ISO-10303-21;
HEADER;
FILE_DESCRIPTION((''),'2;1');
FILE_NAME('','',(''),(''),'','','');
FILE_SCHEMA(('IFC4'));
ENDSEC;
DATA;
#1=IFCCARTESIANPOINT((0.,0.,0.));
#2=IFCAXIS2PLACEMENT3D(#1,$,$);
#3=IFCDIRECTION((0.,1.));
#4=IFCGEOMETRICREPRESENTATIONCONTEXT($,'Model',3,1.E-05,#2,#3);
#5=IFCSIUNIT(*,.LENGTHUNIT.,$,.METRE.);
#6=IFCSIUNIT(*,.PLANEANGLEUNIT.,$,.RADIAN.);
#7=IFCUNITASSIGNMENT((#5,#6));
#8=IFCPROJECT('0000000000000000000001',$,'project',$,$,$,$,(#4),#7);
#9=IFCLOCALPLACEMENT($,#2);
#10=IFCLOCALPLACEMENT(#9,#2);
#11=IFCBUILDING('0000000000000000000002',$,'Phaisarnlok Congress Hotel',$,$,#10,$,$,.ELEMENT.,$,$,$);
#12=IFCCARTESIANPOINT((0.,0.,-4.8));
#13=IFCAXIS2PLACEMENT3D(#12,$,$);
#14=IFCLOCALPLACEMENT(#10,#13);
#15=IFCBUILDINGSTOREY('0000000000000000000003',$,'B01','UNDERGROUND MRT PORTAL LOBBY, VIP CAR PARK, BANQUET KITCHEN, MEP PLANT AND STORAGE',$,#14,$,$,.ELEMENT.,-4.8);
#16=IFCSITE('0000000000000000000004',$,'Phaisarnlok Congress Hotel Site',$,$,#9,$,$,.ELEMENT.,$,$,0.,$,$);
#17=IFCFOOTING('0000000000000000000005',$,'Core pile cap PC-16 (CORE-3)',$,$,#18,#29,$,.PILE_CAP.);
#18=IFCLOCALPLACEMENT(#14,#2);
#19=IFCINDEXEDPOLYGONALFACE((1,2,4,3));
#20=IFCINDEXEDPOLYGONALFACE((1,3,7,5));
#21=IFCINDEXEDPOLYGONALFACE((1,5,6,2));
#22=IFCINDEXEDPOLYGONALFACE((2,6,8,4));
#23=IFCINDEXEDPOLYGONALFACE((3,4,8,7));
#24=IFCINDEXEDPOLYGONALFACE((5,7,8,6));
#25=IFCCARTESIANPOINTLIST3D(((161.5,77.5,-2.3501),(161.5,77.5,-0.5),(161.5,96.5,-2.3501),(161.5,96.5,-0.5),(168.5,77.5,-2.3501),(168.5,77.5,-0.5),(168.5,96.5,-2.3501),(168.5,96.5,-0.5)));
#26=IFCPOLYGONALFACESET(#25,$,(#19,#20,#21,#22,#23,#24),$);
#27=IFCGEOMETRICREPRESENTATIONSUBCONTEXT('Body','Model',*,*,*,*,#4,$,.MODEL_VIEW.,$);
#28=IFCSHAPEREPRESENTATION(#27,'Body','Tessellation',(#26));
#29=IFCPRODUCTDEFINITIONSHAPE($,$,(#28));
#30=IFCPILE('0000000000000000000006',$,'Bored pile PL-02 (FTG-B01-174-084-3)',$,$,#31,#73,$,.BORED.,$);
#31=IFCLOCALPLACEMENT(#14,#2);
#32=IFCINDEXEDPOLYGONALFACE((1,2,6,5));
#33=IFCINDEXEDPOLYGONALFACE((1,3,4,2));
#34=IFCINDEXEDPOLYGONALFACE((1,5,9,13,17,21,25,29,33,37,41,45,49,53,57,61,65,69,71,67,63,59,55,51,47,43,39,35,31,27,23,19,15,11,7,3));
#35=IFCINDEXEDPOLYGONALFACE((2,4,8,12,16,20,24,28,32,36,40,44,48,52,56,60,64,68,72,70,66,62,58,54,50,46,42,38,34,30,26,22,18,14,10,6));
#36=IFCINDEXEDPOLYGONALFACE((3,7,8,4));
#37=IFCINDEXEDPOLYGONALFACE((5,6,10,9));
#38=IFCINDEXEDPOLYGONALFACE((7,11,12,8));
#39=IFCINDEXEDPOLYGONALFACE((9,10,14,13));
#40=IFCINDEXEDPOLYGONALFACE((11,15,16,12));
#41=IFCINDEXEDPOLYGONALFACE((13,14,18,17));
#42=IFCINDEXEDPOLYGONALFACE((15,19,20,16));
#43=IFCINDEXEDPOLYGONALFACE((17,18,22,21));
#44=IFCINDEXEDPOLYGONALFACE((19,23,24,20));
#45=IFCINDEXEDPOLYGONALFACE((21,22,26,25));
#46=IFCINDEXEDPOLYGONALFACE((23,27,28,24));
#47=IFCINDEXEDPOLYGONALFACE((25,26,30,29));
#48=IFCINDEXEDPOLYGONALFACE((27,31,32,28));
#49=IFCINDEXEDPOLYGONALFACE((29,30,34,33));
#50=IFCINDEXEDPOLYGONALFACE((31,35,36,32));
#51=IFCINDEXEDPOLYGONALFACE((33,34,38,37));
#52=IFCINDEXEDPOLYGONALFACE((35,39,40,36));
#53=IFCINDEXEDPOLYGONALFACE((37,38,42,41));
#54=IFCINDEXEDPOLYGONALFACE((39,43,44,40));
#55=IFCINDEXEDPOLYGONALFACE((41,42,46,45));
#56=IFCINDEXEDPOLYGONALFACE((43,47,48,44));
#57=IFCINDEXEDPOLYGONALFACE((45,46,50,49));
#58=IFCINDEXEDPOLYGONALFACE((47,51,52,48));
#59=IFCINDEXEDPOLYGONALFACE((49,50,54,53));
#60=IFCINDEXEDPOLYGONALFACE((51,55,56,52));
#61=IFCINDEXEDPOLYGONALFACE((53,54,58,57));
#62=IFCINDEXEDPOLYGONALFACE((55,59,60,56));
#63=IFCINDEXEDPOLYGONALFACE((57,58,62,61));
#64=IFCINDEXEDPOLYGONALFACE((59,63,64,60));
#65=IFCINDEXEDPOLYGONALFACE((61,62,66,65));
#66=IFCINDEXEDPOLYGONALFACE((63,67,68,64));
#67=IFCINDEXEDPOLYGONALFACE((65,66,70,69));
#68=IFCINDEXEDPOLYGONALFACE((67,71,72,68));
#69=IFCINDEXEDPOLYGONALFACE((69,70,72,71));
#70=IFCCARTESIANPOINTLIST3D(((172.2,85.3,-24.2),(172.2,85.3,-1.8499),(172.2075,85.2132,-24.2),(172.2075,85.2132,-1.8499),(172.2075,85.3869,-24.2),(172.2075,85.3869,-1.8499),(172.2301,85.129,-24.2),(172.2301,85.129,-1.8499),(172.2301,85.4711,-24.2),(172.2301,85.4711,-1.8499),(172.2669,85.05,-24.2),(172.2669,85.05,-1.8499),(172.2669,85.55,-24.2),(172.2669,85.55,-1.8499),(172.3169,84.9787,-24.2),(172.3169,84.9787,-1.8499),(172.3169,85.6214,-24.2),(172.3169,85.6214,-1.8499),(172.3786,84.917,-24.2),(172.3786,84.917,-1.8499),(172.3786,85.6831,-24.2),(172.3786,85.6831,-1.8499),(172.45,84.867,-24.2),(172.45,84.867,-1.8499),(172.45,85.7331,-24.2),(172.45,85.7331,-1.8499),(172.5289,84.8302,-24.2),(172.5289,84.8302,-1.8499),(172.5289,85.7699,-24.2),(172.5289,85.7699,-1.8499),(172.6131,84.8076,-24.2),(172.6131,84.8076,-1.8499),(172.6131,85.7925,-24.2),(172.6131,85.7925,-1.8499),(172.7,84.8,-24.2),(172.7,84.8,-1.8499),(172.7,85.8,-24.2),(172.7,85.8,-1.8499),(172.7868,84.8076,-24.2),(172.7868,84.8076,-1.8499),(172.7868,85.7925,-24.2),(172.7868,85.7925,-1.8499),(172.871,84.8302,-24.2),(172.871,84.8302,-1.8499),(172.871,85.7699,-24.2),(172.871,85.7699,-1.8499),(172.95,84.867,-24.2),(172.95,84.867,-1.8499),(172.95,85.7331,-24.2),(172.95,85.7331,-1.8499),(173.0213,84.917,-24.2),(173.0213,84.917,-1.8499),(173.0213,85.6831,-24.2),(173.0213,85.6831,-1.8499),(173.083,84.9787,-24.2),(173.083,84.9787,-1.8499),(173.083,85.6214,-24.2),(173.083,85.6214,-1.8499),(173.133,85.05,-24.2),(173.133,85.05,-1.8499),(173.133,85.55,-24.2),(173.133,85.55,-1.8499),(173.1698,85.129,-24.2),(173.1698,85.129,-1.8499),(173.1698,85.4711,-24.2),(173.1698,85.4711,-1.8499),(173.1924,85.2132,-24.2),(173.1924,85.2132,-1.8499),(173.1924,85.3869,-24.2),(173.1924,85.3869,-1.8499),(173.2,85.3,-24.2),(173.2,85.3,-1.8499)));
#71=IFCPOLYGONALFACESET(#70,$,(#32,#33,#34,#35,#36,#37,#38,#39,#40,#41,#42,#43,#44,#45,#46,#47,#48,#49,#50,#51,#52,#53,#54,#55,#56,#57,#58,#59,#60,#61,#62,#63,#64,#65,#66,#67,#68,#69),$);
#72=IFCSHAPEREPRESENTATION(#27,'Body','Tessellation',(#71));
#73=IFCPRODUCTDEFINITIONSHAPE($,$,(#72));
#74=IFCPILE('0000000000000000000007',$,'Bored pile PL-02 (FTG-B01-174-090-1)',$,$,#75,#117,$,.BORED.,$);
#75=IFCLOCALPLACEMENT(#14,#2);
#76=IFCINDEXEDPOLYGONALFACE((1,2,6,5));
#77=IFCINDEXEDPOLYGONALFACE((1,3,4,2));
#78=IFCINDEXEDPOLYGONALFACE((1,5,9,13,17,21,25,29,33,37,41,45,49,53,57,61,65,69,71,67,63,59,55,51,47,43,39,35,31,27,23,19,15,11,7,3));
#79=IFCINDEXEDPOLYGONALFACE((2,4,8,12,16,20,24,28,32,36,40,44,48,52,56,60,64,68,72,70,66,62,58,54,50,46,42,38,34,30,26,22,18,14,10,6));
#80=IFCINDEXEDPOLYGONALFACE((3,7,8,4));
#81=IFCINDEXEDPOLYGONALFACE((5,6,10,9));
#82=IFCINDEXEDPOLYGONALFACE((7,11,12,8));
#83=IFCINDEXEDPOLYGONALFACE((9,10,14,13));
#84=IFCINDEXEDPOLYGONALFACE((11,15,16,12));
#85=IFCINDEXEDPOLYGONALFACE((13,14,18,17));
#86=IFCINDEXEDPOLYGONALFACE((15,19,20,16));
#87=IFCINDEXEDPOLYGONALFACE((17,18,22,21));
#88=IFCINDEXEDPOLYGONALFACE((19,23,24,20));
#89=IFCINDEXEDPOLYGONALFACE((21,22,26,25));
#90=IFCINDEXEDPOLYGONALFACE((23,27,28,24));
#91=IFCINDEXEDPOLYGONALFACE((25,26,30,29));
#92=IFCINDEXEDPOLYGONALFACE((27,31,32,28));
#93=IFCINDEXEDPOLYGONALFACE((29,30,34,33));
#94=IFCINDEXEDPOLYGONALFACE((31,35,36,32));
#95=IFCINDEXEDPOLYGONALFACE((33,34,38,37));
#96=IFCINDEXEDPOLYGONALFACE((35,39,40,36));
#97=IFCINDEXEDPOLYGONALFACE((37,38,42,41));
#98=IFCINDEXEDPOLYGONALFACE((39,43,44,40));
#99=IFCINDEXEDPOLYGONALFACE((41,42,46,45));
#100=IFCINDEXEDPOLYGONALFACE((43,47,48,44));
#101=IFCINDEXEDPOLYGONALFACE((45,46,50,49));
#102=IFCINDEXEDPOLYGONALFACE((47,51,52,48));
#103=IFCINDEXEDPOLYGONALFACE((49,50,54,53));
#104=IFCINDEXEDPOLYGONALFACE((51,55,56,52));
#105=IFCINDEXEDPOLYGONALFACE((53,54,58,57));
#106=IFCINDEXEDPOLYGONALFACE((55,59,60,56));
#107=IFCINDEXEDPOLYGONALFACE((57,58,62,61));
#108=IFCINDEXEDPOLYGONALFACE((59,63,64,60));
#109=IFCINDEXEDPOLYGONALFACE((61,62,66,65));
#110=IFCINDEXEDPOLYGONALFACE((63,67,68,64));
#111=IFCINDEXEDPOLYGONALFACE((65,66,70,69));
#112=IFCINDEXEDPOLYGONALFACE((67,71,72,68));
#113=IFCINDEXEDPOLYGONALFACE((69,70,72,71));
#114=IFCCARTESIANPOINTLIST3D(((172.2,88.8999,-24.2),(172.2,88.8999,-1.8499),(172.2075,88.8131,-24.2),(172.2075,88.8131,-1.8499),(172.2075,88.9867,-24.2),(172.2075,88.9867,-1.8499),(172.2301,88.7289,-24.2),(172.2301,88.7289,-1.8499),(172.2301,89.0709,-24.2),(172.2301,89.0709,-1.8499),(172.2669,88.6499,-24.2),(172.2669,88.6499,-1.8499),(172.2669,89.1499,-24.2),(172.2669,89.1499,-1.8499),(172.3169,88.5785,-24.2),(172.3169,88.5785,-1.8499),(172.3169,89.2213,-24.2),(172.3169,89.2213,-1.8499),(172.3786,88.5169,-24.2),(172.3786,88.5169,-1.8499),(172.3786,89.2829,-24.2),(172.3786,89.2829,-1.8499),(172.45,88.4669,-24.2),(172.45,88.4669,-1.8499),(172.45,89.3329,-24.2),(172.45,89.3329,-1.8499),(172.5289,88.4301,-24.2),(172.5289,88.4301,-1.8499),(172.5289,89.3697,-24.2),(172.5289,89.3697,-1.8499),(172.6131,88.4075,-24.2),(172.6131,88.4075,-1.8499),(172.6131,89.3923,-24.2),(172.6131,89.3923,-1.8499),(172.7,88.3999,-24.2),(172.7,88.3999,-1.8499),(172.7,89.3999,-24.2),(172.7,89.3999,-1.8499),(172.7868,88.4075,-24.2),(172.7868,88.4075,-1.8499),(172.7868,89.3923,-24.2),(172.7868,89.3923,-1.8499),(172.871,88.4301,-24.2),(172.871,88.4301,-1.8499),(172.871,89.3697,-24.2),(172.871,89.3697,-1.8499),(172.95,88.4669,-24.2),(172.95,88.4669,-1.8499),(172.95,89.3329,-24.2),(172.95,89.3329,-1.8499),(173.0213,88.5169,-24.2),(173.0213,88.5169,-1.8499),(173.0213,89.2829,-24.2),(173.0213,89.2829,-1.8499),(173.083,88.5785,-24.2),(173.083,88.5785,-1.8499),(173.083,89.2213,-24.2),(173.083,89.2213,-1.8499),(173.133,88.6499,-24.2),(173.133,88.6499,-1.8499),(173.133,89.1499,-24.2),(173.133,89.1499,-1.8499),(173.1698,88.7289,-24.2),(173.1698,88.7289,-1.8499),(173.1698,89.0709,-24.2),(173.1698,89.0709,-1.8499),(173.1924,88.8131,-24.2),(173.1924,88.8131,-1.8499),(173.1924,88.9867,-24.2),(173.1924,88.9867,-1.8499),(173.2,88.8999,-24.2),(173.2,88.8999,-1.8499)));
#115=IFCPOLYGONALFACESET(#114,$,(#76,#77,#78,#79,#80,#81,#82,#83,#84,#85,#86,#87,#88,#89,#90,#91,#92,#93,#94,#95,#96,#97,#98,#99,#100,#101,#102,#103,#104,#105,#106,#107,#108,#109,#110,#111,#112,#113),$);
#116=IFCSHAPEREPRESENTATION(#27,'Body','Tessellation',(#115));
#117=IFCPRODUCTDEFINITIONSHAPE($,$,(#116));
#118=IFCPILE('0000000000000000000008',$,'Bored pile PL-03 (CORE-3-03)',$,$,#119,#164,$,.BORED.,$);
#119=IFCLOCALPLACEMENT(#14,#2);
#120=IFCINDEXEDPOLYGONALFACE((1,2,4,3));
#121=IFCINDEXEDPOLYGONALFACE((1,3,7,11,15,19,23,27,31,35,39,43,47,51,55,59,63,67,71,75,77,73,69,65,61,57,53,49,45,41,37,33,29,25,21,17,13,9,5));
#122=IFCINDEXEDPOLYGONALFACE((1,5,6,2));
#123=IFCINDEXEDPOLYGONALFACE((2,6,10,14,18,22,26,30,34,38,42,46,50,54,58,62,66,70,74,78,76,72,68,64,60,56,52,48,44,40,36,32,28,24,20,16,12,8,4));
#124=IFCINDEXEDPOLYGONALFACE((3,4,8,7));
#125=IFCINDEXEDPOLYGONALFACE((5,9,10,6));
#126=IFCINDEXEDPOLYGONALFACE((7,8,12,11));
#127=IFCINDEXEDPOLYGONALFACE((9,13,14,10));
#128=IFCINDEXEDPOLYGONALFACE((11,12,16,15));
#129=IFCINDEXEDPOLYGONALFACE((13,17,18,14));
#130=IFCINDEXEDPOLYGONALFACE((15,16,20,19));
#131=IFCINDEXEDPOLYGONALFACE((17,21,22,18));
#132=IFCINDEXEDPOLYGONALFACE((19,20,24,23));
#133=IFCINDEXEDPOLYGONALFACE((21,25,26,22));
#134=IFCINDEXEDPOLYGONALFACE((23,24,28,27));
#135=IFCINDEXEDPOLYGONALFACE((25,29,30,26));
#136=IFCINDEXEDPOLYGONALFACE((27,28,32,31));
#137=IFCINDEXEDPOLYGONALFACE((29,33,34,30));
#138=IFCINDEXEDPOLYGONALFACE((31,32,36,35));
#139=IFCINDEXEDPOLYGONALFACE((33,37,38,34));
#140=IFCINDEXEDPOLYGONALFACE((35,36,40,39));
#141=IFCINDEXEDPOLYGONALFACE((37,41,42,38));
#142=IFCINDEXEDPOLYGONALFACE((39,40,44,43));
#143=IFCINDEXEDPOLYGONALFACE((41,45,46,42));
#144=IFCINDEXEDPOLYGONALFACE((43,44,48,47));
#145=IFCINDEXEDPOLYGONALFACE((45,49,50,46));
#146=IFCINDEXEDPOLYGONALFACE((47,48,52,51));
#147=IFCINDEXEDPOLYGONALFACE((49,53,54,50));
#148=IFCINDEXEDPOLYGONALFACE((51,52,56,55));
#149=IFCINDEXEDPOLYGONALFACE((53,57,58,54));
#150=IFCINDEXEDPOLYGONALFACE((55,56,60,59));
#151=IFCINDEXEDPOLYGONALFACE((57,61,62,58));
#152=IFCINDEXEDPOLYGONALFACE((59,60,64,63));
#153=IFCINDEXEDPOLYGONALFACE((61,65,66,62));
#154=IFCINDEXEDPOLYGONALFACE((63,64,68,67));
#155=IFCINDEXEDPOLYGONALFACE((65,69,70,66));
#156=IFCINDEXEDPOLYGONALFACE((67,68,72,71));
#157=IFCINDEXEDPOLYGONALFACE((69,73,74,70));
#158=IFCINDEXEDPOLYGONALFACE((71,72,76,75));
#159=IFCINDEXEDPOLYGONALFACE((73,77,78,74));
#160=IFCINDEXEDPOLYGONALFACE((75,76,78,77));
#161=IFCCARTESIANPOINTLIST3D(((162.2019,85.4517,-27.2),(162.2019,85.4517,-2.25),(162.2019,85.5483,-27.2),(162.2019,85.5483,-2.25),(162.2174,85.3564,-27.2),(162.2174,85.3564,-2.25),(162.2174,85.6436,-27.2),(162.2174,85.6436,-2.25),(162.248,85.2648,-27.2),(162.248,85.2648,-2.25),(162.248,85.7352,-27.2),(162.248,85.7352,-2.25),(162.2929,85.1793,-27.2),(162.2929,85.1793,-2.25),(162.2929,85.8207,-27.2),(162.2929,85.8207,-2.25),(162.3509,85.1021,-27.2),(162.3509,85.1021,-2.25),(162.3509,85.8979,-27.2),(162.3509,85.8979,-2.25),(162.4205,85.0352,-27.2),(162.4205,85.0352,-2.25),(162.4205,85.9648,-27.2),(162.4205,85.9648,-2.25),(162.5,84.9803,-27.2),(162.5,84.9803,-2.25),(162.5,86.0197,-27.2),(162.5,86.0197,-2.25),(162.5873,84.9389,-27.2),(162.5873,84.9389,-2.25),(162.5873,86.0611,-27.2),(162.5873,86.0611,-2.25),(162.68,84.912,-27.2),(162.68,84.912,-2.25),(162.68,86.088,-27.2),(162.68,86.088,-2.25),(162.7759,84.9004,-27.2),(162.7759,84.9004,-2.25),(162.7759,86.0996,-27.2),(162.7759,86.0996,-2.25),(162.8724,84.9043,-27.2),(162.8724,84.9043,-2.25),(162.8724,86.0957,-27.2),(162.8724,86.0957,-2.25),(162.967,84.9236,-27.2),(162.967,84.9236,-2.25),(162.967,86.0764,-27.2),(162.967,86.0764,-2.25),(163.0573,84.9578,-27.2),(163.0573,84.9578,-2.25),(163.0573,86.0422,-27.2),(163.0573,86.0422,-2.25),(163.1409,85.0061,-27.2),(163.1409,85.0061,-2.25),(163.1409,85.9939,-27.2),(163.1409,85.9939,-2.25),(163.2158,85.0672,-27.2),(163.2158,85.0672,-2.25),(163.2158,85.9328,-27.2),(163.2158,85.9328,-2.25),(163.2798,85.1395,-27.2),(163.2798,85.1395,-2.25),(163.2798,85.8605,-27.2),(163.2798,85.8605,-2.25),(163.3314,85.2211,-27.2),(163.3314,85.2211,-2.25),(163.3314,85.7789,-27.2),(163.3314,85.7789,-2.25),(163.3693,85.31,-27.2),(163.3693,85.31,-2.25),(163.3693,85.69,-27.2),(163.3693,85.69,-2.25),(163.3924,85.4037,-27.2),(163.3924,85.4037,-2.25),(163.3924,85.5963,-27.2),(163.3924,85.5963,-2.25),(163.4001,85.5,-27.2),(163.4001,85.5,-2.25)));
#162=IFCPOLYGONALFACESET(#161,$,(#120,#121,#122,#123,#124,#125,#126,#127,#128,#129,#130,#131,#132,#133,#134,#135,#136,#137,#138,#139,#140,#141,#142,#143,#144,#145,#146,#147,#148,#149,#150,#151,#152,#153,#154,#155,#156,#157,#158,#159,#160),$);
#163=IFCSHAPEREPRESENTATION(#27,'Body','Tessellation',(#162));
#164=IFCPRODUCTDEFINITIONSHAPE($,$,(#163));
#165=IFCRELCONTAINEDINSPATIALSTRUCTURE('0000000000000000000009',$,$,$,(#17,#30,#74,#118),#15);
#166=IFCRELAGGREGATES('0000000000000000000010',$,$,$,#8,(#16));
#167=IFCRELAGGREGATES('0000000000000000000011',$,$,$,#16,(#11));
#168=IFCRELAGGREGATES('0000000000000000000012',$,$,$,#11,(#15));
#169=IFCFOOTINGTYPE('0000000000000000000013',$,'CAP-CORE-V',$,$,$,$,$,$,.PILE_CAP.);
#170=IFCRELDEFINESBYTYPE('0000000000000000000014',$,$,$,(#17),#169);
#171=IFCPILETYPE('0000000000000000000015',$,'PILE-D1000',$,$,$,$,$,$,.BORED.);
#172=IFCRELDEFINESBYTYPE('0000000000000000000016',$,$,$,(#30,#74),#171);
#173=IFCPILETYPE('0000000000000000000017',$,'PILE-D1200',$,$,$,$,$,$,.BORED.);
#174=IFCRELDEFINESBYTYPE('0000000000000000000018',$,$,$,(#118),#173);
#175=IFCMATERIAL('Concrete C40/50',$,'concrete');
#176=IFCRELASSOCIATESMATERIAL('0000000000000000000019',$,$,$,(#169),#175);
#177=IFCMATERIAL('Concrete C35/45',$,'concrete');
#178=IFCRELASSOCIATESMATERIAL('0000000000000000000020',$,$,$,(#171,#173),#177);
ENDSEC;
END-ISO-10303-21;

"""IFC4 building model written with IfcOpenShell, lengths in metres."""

from ifc_helpers import new_model, si_unit, direction, frame, origin, origin_2d, place, context, subcontext, project, spatial, rectangle, circle, extrude, material, material_profile, profile_set, type_object, element, save


model = new_model("IFC4")

# Units and contexts
model_context = context("Model", 3, precision=1e-05, world=origin(), true_north=direction((0.0, 1.0)))
body_context = subcontext(model_context, "Body", "Model", "MODEL_VIEW")
ifc_project = project(units=[si_unit("LENGTHUNIT", "METRE"), si_unit("PLANEANGLEUNIT", "RADIAN")], contexts=[model_context])

# Site, building, storey
site_placement = place(None, origin())
site = spatial("IfcSite", under=ifc_project, at=site_placement, Name="Phaisarnlok Congress Hotel Site", CompositionType="ELEMENT", RefElevation=0.0)
building_placement = place(site_placement, origin())
building = spatial("IfcBuilding", under=site, at=building_placement, Name="Phaisarnlok Congress Hotel", CompositionType="ELEMENT")
storey_placement = place(building_placement, frame((0.0, 0.0, -4.8)))
storey = spatial("IfcBuildingStorey", under=building, at=storey_placement, Name="B01", Description="UNDERGROUND MRT PORTAL LOBBY, VIP CAR PARK, BANQUET KITCHEN, MEP PLANT AND STORAGE", CompositionType="ELEMENT", Elevation=-4.8)

# Footing
ifc_material_1 = material(Name="Concrete C40/50", Category="concrete")
footing_type = type_object("IfcFootingType", Name="CAP-CORE-V", PredefinedType="PILE_CAP", material=ifc_material_1)
footing_placement = place(storey_placement, frame((165.0, 87.0, -2.3501), z_axis=(0.0, 0.0, 1.0), x_axis=(1.0, 0.0, 0.0)))
element("IfcFooting", 1, at=footing_placement, inside=storey, type_object=footing_type, Name="Core pile cap PC-16 (CORE-3)", PredefinedType="PILE_CAP", context=body_context, shape_type="SweptSolid", body=[
    extrude(rectangle(XDim=7.0, YDim=19.0, at=origin_2d()), origin(), (0.0, 0.0, 1.0), 1.8501),
])

# Piles
ifc_material_2 = material(Name="Concrete C35/45", Category="concrete")
ifc_material_profile_1 = material_profile(ifc_material_2, circle(Radius=0.5, at=origin_2d()), Name="BORED PILE D1000")
ifc_profile_set_1 = profile_set([ifc_material_profile_1], Name="Concrete C35/45")
pile_type_1 = type_object("IfcPileType", Name="PILE-D1000", PredefinedType="BORED", material=ifc_profile_set_1)
for number, where, z_axis, x_axis, name in (
    (2, (172.7, 85.3, -1.8499), (0.0, 0.0, -1.0), (1.0, 0.0, 0.0), "Bored pile PL-02 (FTG-B01-174-084-3)"),
    (3, (172.7, 88.8999, -1.8499), (0.0, 0.0, -1.0), (1.0, 0.0, 0.0), "Bored pile PL-02 (FTG-B01-174-090-1)"),
):
    element("IfcPile", number, at=place(storey_placement, frame(where, z_axis=z_axis, x_axis=x_axis)), inside=storey, type_object=pile_type_1, Name=name, PredefinedType="BORED", context=body_context, shape_type="SweptSolid", body=[
        extrude(circle(Radius=0.5, at=origin_2d()), origin(), (0.0, 0.0, 1.0), 22.3501),
    ])
ifc_material_profile_2 = material_profile(ifc_material_2, circle(Radius=0.6001, at=origin_2d()), Name="BORED PILE D1200")
ifc_profile_set_2 = profile_set([ifc_material_profile_2], Name="Concrete C35/45")
pile_type_2 = type_object("IfcPileType", Name="PILE-D1200", PredefinedType="BORED", material=ifc_profile_set_2)
for number, where, z_axis, x_axis, name in (
    (4, (162.8, 85.5, -2.25), (0.0, 0.0, -1.0), (1.0, 0.0, 0.0), "Bored pile PL-03 (CORE-3-03)"),
):
    element("IfcPile", number, at=place(storey_placement, frame(where, z_axis=z_axis, x_axis=x_axis)), inside=storey, type_object=pile_type_2, Name=name, PredefinedType="BORED", context=body_context, shape_type="SweptSolid", body=[
        extrude(circle(Radius=0.6001, at=origin_2d()), origin(), (0.0, 0.0, 1.0), 24.95),
    ])

save(model, "model.ifc")
